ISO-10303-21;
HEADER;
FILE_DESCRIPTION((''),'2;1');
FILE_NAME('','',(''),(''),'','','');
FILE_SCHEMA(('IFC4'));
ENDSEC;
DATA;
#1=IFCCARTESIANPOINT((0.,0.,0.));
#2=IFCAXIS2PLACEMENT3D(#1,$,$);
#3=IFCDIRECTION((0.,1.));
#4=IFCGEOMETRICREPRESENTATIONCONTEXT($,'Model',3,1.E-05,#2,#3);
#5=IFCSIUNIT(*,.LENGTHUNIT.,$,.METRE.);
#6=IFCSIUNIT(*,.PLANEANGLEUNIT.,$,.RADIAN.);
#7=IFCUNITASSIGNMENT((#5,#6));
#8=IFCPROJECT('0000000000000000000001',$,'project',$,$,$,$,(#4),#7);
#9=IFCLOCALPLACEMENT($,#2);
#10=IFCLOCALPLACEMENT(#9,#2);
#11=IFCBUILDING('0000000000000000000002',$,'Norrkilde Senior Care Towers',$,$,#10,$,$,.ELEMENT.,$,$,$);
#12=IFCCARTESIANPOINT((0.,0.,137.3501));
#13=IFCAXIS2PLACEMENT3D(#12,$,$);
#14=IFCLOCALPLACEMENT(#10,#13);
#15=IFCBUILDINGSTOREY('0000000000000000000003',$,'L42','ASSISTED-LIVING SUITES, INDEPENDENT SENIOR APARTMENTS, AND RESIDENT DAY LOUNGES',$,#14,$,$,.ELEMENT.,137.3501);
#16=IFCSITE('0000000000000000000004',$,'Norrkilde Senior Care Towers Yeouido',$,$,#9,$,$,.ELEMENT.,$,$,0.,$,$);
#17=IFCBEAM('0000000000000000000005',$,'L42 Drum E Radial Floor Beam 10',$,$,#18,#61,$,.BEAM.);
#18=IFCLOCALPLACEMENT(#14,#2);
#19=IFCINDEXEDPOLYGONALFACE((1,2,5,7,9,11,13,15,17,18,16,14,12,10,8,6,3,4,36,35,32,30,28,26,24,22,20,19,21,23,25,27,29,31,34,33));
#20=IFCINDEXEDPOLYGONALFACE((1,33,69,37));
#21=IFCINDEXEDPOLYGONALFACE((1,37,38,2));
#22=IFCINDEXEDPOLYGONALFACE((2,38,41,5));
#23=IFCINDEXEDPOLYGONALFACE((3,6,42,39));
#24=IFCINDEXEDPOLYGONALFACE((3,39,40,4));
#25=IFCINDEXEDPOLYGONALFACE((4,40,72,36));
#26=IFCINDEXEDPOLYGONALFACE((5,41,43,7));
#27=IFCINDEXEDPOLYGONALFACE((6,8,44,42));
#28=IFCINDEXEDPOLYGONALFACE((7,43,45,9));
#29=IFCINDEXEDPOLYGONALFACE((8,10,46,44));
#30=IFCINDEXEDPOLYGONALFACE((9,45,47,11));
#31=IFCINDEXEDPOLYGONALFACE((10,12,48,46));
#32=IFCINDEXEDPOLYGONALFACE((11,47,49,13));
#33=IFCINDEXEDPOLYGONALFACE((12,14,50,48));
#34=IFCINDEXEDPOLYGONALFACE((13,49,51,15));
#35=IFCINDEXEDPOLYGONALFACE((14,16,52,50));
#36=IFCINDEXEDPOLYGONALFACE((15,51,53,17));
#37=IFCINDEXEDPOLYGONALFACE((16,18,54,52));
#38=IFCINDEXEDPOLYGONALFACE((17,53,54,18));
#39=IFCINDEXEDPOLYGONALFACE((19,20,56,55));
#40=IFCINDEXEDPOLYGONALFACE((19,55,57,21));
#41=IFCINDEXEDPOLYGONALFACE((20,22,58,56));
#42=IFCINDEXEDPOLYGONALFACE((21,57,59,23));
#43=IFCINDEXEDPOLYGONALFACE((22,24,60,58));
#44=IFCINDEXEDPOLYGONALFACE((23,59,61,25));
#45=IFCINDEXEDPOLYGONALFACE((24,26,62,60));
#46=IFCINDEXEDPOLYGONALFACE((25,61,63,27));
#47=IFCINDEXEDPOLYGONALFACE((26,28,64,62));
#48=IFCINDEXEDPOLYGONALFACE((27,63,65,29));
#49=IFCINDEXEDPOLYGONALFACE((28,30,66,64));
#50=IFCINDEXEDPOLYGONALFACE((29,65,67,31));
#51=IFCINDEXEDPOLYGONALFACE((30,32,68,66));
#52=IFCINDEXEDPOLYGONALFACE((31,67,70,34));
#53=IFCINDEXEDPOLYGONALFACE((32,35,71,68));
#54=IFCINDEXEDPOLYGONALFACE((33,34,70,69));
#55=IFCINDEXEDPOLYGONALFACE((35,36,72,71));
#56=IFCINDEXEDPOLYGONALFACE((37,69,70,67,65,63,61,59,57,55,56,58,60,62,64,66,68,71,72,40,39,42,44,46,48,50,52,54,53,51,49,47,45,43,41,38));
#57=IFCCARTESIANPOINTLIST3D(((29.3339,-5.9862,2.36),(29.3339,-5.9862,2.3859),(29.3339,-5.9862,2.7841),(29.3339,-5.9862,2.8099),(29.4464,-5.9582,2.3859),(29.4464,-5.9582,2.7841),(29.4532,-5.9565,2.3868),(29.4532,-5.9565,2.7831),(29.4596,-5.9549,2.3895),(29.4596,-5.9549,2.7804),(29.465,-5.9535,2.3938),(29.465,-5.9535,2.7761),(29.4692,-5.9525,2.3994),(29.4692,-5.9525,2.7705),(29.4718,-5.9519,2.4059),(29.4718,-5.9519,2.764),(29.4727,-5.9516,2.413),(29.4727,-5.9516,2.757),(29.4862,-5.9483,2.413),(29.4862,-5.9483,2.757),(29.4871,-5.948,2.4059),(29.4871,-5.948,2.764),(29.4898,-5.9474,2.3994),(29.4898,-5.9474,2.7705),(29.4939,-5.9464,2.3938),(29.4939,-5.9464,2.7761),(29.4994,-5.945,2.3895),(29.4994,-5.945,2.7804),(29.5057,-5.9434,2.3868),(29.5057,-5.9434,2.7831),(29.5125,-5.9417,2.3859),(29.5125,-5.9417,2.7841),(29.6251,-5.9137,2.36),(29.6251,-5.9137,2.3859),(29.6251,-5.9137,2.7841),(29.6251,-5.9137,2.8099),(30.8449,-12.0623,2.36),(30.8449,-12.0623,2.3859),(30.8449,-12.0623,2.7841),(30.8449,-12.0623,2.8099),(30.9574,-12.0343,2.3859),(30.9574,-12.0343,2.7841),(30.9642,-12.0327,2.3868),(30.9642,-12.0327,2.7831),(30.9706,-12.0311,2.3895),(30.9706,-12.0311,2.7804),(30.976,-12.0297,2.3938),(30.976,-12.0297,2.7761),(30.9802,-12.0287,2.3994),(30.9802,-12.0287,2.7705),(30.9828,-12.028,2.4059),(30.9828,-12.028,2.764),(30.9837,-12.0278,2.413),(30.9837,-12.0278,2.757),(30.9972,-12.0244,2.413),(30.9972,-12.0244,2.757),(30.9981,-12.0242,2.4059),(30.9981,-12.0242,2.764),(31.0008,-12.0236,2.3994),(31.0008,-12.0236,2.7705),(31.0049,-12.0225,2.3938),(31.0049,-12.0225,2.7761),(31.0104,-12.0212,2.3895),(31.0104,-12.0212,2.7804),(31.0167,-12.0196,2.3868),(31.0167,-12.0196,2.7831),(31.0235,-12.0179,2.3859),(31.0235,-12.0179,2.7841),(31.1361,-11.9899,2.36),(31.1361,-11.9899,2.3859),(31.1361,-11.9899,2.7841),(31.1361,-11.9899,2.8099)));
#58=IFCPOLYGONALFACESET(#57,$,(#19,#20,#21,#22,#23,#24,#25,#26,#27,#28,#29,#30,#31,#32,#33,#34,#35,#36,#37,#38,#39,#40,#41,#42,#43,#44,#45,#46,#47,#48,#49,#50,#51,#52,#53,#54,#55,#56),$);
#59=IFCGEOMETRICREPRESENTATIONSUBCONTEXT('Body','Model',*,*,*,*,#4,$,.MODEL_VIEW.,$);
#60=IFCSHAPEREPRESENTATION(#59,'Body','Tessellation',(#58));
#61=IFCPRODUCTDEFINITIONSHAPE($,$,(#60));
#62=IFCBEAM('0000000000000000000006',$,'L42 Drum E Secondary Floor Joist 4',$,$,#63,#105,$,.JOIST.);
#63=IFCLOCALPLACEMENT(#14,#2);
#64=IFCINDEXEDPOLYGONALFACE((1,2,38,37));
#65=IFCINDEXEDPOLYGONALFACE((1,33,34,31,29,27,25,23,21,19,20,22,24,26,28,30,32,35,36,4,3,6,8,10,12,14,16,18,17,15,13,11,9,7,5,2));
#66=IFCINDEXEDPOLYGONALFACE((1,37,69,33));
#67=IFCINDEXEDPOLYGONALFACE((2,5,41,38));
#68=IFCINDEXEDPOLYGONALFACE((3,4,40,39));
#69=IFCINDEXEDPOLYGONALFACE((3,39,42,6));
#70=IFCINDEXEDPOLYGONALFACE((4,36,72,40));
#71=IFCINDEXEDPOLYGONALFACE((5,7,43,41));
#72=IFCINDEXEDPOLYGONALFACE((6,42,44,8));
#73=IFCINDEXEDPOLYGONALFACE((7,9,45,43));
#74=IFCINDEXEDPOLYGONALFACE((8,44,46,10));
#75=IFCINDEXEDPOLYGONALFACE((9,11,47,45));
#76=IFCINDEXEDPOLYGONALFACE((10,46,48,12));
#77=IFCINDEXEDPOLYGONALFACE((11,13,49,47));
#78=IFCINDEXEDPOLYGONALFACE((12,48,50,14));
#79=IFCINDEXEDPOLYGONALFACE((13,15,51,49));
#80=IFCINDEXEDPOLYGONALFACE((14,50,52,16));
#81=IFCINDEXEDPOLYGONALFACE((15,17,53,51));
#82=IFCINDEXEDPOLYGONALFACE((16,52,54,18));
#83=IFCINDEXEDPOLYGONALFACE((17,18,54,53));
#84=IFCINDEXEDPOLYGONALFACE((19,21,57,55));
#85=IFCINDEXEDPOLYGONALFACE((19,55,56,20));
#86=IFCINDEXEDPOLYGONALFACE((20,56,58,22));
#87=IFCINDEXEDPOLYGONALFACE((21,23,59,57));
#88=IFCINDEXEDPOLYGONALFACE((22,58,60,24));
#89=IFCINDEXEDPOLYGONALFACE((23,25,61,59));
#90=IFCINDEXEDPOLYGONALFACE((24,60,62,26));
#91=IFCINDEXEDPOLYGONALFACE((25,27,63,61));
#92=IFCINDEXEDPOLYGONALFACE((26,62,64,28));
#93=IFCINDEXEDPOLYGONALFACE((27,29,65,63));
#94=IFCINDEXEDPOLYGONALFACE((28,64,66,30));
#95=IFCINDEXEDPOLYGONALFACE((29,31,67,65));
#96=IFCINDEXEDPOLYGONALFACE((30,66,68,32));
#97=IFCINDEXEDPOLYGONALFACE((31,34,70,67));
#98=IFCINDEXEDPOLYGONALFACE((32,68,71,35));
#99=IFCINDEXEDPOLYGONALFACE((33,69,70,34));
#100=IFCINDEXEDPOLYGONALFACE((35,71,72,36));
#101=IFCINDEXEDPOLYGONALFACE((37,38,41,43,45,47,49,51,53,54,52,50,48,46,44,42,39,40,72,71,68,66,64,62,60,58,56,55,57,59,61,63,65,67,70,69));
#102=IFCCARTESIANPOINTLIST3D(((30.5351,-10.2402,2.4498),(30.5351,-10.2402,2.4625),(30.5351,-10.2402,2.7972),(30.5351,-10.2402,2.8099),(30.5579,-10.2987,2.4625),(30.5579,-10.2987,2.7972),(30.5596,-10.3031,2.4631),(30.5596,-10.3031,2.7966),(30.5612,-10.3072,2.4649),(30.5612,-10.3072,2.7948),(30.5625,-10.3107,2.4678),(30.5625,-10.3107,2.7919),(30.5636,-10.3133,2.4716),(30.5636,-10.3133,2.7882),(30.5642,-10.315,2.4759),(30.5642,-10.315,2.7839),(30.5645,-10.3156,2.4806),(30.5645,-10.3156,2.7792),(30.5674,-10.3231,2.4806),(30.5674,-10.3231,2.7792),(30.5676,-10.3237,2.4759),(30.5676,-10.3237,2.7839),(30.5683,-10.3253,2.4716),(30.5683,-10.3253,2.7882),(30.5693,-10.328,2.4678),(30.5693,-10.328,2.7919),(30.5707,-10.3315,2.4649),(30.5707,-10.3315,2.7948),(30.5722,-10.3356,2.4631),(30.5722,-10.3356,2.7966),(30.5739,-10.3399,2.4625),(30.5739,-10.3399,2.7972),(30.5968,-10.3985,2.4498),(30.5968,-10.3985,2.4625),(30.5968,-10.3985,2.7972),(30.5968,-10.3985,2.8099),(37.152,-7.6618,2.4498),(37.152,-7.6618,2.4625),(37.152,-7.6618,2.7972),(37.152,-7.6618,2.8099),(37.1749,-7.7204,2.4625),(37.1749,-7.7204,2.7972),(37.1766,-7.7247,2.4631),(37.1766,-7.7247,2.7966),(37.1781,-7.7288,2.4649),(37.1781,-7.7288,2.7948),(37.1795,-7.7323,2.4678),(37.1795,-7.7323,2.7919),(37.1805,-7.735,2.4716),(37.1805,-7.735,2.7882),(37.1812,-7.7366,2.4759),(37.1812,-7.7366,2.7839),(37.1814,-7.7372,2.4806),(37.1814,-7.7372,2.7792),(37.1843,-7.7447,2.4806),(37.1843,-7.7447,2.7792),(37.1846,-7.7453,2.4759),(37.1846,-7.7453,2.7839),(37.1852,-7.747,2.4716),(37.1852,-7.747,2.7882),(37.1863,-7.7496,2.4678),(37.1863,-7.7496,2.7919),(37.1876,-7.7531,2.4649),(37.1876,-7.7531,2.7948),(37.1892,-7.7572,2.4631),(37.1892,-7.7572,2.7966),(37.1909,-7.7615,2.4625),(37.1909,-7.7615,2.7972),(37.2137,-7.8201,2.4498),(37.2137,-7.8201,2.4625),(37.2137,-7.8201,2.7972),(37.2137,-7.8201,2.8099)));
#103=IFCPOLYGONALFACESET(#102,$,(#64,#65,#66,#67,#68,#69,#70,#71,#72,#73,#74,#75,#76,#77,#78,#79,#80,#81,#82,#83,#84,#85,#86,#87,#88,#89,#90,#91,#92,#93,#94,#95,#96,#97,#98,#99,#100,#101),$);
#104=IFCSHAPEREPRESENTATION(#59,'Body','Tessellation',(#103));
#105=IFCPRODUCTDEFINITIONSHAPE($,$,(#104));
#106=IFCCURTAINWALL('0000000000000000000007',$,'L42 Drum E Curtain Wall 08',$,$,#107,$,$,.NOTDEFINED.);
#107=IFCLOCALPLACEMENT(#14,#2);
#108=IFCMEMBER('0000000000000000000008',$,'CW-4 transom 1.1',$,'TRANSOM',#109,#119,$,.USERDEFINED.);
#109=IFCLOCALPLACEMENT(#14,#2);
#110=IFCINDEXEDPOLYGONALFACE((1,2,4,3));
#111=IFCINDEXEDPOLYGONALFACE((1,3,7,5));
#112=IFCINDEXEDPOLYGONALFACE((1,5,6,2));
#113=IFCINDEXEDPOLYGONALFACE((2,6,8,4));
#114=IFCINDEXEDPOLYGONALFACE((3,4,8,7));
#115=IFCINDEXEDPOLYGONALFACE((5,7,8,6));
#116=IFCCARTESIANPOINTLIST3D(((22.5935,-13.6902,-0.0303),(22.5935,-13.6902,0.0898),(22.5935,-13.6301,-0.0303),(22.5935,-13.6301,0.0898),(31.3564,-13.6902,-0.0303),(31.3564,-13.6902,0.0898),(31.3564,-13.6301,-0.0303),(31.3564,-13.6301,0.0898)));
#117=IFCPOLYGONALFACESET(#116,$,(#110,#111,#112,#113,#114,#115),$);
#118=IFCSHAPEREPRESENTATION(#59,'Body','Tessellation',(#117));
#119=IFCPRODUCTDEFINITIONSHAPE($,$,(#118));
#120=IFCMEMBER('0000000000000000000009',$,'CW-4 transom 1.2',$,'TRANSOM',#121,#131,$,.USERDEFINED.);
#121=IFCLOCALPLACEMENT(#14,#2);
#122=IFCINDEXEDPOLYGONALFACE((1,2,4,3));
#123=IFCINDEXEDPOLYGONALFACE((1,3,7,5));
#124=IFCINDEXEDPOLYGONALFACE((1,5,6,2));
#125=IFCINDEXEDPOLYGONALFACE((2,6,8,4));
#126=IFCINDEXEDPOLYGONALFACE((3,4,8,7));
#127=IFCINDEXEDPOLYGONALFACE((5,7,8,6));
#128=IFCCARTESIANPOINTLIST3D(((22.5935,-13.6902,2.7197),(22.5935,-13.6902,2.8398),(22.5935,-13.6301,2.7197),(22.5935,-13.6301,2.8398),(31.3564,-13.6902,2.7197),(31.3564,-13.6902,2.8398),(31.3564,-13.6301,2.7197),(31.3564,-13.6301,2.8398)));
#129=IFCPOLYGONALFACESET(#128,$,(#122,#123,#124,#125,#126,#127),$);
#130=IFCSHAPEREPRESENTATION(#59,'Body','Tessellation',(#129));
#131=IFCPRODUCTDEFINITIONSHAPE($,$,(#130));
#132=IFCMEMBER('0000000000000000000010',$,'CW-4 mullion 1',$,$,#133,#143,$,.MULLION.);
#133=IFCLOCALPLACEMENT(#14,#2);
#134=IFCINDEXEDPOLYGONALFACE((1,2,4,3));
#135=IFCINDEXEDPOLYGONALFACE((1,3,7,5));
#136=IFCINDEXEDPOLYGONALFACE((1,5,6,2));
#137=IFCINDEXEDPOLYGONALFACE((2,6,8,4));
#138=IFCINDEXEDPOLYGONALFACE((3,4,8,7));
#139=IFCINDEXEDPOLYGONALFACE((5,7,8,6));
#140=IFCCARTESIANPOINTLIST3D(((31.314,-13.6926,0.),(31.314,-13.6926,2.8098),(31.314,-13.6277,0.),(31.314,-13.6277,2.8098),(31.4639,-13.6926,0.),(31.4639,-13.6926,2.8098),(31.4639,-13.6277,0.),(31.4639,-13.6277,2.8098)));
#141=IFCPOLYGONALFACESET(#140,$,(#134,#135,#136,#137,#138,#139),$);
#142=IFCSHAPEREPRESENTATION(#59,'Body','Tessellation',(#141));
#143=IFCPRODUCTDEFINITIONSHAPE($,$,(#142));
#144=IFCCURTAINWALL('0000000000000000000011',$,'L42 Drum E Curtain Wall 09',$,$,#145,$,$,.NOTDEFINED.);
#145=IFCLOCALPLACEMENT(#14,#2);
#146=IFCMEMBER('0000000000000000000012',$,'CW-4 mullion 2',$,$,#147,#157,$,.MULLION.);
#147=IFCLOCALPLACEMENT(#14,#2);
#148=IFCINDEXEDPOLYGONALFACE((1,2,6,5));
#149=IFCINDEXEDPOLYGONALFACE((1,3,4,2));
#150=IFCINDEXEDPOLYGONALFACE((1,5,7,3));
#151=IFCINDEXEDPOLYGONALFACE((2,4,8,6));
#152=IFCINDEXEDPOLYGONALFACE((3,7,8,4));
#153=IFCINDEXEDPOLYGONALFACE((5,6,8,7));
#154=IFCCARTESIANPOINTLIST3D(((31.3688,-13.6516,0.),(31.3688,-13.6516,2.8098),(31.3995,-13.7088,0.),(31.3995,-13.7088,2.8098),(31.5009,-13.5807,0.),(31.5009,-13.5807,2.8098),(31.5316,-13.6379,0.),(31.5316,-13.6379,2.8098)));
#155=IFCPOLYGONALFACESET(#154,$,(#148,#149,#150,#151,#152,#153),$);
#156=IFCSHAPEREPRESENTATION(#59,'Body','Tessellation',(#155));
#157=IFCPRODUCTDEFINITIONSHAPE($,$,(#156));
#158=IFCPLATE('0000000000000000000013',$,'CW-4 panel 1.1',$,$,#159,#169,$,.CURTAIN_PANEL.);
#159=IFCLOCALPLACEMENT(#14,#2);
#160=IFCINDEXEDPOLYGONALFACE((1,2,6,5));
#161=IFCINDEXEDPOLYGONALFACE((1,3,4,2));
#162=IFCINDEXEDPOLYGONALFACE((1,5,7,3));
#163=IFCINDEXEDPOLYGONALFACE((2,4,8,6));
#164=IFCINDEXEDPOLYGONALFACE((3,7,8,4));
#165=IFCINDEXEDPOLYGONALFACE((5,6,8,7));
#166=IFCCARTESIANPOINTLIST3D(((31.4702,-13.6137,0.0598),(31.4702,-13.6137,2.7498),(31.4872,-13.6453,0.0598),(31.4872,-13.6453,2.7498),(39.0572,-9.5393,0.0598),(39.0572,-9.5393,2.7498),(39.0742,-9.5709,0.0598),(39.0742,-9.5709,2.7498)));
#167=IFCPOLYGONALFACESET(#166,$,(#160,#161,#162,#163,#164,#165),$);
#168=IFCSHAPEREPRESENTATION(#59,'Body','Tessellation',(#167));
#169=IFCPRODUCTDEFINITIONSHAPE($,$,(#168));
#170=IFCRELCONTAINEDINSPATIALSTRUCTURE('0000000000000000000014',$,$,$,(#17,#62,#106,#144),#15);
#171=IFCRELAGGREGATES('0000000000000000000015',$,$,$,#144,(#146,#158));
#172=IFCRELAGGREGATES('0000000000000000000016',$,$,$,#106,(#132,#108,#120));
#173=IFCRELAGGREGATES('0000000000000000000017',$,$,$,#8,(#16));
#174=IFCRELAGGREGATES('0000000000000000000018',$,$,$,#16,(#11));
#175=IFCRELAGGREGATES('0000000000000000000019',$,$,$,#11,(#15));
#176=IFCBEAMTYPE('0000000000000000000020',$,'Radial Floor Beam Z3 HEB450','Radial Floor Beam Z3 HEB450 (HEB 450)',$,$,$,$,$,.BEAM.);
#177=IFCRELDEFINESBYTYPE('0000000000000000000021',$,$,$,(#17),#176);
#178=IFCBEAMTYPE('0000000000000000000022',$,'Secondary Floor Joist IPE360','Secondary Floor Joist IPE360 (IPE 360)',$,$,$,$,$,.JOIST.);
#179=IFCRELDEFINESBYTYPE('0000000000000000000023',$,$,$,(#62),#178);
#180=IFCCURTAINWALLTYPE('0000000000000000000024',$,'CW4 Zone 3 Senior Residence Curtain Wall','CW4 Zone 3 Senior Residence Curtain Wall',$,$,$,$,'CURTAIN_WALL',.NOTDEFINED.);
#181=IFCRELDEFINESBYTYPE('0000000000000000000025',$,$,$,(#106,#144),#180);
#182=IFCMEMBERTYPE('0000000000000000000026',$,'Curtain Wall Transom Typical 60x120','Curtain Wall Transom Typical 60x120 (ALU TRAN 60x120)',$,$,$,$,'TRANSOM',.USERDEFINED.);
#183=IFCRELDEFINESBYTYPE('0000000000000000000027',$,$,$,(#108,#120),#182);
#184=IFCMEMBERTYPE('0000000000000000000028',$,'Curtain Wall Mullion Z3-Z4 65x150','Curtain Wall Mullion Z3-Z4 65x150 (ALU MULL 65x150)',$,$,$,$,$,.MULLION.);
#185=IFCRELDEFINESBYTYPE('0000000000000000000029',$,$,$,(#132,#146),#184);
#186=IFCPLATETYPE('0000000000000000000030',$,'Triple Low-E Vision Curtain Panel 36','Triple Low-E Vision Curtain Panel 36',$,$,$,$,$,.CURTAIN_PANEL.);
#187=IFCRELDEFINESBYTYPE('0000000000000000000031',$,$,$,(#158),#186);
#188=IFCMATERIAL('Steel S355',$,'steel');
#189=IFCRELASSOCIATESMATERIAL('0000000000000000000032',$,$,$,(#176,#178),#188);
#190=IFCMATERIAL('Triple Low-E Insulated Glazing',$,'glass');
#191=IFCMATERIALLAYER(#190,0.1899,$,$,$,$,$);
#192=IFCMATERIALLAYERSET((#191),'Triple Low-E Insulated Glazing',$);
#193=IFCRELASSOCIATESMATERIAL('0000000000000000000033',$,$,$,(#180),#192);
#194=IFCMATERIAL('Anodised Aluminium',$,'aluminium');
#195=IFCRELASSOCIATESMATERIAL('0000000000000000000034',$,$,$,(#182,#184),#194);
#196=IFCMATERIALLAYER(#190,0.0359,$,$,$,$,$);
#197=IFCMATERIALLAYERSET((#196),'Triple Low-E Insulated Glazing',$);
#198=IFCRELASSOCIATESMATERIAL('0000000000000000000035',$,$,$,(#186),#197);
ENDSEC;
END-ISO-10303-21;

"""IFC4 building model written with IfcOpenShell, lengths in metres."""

from ifc_helpers import new_model, si_unit, direction, frame, origin, origin_2d, place, context, subcontext, project, spatial, rectangle, i_section, extrude, source, transform, mapped, material, layer, layer_set, material_profile, profile_set, type_object, type_shapes, element, aggregate, save


model = new_model("IFC4")

# Units and contexts
model_context = context("Model", 3, precision=1e-05, world=origin(), true_north=direction((0.0, 1.0)))
body_context = subcontext(model_context, "Body", "Model", "MODEL_VIEW")
ifc_project = project(units=[si_unit("LENGTHUNIT", "METRE"), si_unit("PLANEANGLEUNIT", "RADIAN")], contexts=[model_context])

# Site, building, storey
site_placement = place(None, origin())
site = spatial("IfcSite", under=ifc_project, at=site_placement, Name="Norrkilde Senior Care Towers Yeouido", CompositionType="ELEMENT", RefElevation=0.0)
building_placement = place(site_placement, origin())
building = spatial("IfcBuilding", under=site, at=building_placement, Name="Norrkilde Senior Care Towers", CompositionType="ELEMENT")
storey_placement = place(building_placement, frame((0.0, 0.0, 137.3501)))
storey = spatial("IfcBuildingStorey", under=building, at=storey_placement, Name="L42", Description="ASSISTED-LIVING SUITES, INDEPENDENT SENIOR APARTMENTS, AND RESIDENT DAY LOUNGES", CompositionType="ELEMENT", Elevation=137.3501)

# Beams
ifc_material_1 = material(Name="Steel S355", Category="steel")
ifc_material_profile_1 = material_profile(ifc_material_1, i_section(OverallWidth=0.3, OverallDepth=0.45, WebThickness=0.0139, FlangeThickness=0.0259, FilletRadius=0.0271, at=origin_2d()), Name="HEB 450")
ifc_profile_set_1 = profile_set([ifc_material_profile_1], Name="Steel S355")
beam_type_1 = type_object("IfcBeamType", Name="Radial Floor Beam Z3 HEB450", Description="Radial Floor Beam Z3 HEB450 (HEB 450)", PredefinedType="BEAM", material=ifc_profile_set_1)
shared_shape_1 = source(origin(), body_context, "Body", "SweptSolid", [
    extrude(i_section(OverallWidth=0.3, OverallDepth=0.45, WebThickness=0.0139, FlangeThickness=0.0259, FilletRadius=0.0271, at=origin_2d()), origin(), (0.0, 0.0, 1.0), 6.2612),
])
beam_1_placement = place(storey_placement, frame((29.4795, -5.95, 2.585), z_axis=(0.241324, -0.970445, 0.0), x_axis=(0.970445, 0.241324, 0.0)))
element("IfcBeam", 1, at=beam_1_placement, inside=storey, type_object=beam_type_1, Name="L42 Drum E Radial Floor Beam 10", PredefinedType="BEAM", context=body_context, shape_type="MappedRepresentation", body=[
    mapped(shared_shape_1, transform((0.0, 0.0, 0.0), x_axis=(1.0, 0.0, 0.0), y_axis=(0.0, 1.0, 0.0), z_axis=(0.0, 0.0, 1.0), scale=1.0)),
])
ifc_material_profile_2 = material_profile(ifc_material_1, i_section(OverallWidth=0.1699, OverallDepth=0.3601, WebThickness=0.0081, FlangeThickness=0.0127, FilletRadius=0.0181, at=origin_2d()), Name="IPE 360")
ifc_profile_set_2 = profile_set([ifc_material_profile_2], Name="Steel S355")
beam_type_2 = type_object("IfcBeamType", Name="Secondary Floor Joist IPE360", Description="Secondary Floor Joist IPE360 (IPE 360)", PredefinedType="JOIST", material=ifc_profile_set_2)
shared_shape_2 = source(origin(), body_context, "Body", "SweptSolid", [
    extrude(i_section(OverallWidth=0.1699, OverallDepth=0.3601, WebThickness=0.0081, FlangeThickness=0.0127, FilletRadius=0.0181, at=origin_2d()), origin(), (0.0, 0.0, 1.0), 7.1016),
])
type_shapes(beam_type_2, [shared_shape_2])
beam_2_placement = place(storey_placement, frame((30.5659, -10.3193, 2.6299), z_axis=(0.931761, 0.363072, 0.0), x_axis=(-0.363072, 0.931761, 0.0)))
element("IfcBeam", 2, at=beam_2_placement, inside=storey, type_object=beam_type_2, Name="L42 Drum E Secondary Floor Joist 4", PredefinedType="JOIST", context=body_context, shape_type="MappedRepresentation", body=[
    mapped(shared_shape_2, transform((0.0, 0.0, 0.0), x_axis=(1.0, 0.0, 0.0), y_axis=(0.0, 1.0, 0.0), z_axis=(0.0, 0.0, 1.0), scale=1.0)),
])

# Curtain wall, members
ifc_material_2 = material(Name="Triple Low-E Insulated Glazing", Category="glass")
ifc_layer_1 = layer(ifc_material_2, 0.1899)
ifc_layer_set_1 = layer_set([ifc_layer_1], Name="Triple Low-E Insulated Glazing")
curtain_wall_type = type_object("IfcCurtainWallType", Name="CW4 Zone 3 Senior Residence Curtain Wall", Description="CW4 Zone 3 Senior Residence Curtain Wall", ElementType="CURTAIN_WALL", PredefinedType="NOTDEFINED", material=ifc_layer_set_1)
curtain_wall_1_placement = place(storey_placement, origin())
curtain_wall_1 = element("IfcCurtainWall", 3, at=curtain_wall_1_placement, inside=storey, type_object=curtain_wall_type, Name="L42 Drum E Curtain Wall 08", PredefinedType="NOTDEFINED")
ifc_material_3 = material(Name="Anodised Aluminium", Category="aluminium")
ifc_material_profile_3 = material_profile(ifc_material_3, rectangle(XDim=0.0601, YDim=0.1201, at=origin_2d()), Name="ALU TRAN 60x120")
ifc_profile_set_3 = profile_set([ifc_material_profile_3], Name="Anodised Aluminium")
member_type_1 = type_object("IfcMemberType", Name="Curtain Wall Transom Typical 60x120", Description="Curtain Wall Transom Typical 60x120 (ALU TRAN 60x120)", ElementType="TRANSOM", PredefinedType="USERDEFINED", material=ifc_profile_set_3)
shared_shape_3 = source(origin(), body_context, "Body", "SweptSolid", [
    extrude(rectangle(XDim=0.0601, YDim=0.1201, at=origin_2d()), origin(), (0.0, 0.0, 1.0), 8.7629),
])
type_shapes(member_type_1, [shared_shape_3])
member_1_placement = place(storey_placement, frame((31.3564, -13.6602, 0.0298), z_axis=(-1.0, 0.0, 0.0), x_axis=(0.0, -1.0, 0.0)))
member_1 = element("IfcMember", 4, at=member_1_placement, type_object=member_type_1, Name="CW-4 transom 1.1", ObjectType="TRANSOM", PredefinedType="USERDEFINED", context=body_context, shape_type="MappedRepresentation", body=[
    mapped(shared_shape_3, transform((0.0, 0.0, 0.0), x_axis=(1.0, 0.0, 0.0), y_axis=(0.0, 1.0, 0.0), z_axis=(0.0, 0.0, 1.0), scale=1.0)),
])
member_2_placement = place(storey_placement, frame((31.3564, -13.6602, 2.7798), z_axis=(-1.0, 0.0, 0.0), x_axis=(0.0, -1.0, 0.0)))
member_2 = element("IfcMember", 5, at=member_2_placement, type_object=member_type_1, Name="CW-4 transom 1.2", ObjectType="TRANSOM", PredefinedType="USERDEFINED", context=body_context, shape_type="MappedRepresentation", body=[
    mapped(shared_shape_3, transform((0.0, 0.0, 0.0), x_axis=(1.0, 0.0, 0.0), y_axis=(0.0, 1.0, 0.0), z_axis=(0.0, 0.0, 1.0), scale=1.0)),
])
ifc_material_profile_4 = material_profile(ifc_material_3, rectangle(XDim=0.0649, YDim=0.1499, at=origin_2d()), Name="ALU MULL 65x150")
ifc_profile_set_4 = profile_set([ifc_material_profile_4], Name="Anodised Aluminium")
member_type_2 = type_object("IfcMemberType", Name="Curtain Wall Mullion Z3-Z4 65x150", Description="Curtain Wall Mullion Z3-Z4 65x150 (ALU MULL 65x150)", PredefinedType="MULLION", material=ifc_profile_set_4)
shared_shape_4 = source(origin(), body_context, "Body", "SweptSolid", [
    extrude(rectangle(XDim=0.0649, YDim=0.1499, at=origin_2d()), origin(), (0.0, 0.0, 1.0), 2.8098),
])
type_shapes(member_type_2, [shared_shape_4])
member_3_placement = place(storey_placement, frame((31.3889, -13.6602, 0.0), z_axis=(0.0, 0.0, 1.0), x_axis=(0.0, -1.0, 0.0)))
member_3 = element("IfcMember", 6, at=member_3_placement, type_object=member_type_2, Name="CW-4 mullion 1", PredefinedType="MULLION", context=body_context, shape_type="MappedRepresentation", body=[
    mapped(shared_shape_4, transform((0.0, 0.0, 0.0), x_axis=(1.0, 0.0, 0.0), y_axis=(0.0, 1.0, 0.0), z_axis=(0.0, 0.0, 1.0), scale=1.0)),
])

# Curtain wall, member, plate
curtain_wall_2_placement = place(storey_placement, origin())
curtain_wall_2 = element("IfcCurtainWall", 7, at=curtain_wall_2_placement, inside=storey, type_object=curtain_wall_type, Name="L42 Drum E Curtain Wall 09", PredefinedType="NOTDEFINED")
member_4_placement = place(storey_placement, frame((31.4502, -13.6448, 0.0), z_axis=(0.0, 0.0, 1.0), x_axis=(0.473117, -0.881, 0.0)))
member_4 = element("IfcMember", 8, at=member_4_placement, type_object=member_type_2, Name="CW-4 mullion 2", PredefinedType="MULLION", context=body_context, shape_type="MappedRepresentation", body=[
    mapped(shared_shape_4, transform((0.0, 0.0, 0.0), x_axis=(1.0, 0.0, 0.0), y_axis=(0.0, 1.0, 0.0), z_axis=(0.0, 0.0, 1.0), scale=1.0)),
])
ifc_layer_2 = layer(ifc_material_2, 0.0359)
ifc_layer_set_2 = layer_set([ifc_layer_2], Name="Triple Low-E Insulated Glazing")
plate_type = type_object("IfcPlateType", Name="Triple Low-E Vision Curtain Panel 36", Description="Triple Low-E Vision Curtain Panel 36", PredefinedType="CURTAIN_PANEL", material=ifc_layer_set_2)
shared_shape_5 = source(origin(), body_context, "Body", "SweptSolid", [
    extrude(rectangle(XDim=8.6118, YDim=0.0359, at=origin_2d()), origin(), (0.0, 0.0, 1.0), 2.6899),
])
plate_1_placement = place(storey_placement, frame((35.2722, -11.5923, 0.0598), z_axis=(0.0, 0.0, 1.0), x_axis=(-0.881, -0.473117, 0.0)))
plate_1 = element("IfcPlate", 9, at=plate_1_placement, type_object=plate_type, Name="CW-4 panel 1.1", PredefinedType="CURTAIN_PANEL", context=body_context, shape_type="MappedRepresentation", body=[
    mapped(shared_shape_5, transform((0.0, 0.0, 0.0), x_axis=(1.0, 0.0, 0.0), y_axis=(0.0, 1.0, 0.0), z_axis=(0.0, 0.0, 1.0), scale=1.0)),
])
aggregate(curtain_wall_2, [member_4, plate_1])

aggregate(curtain_wall_1, [member_3, member_1, member_2])

save(model, "model.ifc")
